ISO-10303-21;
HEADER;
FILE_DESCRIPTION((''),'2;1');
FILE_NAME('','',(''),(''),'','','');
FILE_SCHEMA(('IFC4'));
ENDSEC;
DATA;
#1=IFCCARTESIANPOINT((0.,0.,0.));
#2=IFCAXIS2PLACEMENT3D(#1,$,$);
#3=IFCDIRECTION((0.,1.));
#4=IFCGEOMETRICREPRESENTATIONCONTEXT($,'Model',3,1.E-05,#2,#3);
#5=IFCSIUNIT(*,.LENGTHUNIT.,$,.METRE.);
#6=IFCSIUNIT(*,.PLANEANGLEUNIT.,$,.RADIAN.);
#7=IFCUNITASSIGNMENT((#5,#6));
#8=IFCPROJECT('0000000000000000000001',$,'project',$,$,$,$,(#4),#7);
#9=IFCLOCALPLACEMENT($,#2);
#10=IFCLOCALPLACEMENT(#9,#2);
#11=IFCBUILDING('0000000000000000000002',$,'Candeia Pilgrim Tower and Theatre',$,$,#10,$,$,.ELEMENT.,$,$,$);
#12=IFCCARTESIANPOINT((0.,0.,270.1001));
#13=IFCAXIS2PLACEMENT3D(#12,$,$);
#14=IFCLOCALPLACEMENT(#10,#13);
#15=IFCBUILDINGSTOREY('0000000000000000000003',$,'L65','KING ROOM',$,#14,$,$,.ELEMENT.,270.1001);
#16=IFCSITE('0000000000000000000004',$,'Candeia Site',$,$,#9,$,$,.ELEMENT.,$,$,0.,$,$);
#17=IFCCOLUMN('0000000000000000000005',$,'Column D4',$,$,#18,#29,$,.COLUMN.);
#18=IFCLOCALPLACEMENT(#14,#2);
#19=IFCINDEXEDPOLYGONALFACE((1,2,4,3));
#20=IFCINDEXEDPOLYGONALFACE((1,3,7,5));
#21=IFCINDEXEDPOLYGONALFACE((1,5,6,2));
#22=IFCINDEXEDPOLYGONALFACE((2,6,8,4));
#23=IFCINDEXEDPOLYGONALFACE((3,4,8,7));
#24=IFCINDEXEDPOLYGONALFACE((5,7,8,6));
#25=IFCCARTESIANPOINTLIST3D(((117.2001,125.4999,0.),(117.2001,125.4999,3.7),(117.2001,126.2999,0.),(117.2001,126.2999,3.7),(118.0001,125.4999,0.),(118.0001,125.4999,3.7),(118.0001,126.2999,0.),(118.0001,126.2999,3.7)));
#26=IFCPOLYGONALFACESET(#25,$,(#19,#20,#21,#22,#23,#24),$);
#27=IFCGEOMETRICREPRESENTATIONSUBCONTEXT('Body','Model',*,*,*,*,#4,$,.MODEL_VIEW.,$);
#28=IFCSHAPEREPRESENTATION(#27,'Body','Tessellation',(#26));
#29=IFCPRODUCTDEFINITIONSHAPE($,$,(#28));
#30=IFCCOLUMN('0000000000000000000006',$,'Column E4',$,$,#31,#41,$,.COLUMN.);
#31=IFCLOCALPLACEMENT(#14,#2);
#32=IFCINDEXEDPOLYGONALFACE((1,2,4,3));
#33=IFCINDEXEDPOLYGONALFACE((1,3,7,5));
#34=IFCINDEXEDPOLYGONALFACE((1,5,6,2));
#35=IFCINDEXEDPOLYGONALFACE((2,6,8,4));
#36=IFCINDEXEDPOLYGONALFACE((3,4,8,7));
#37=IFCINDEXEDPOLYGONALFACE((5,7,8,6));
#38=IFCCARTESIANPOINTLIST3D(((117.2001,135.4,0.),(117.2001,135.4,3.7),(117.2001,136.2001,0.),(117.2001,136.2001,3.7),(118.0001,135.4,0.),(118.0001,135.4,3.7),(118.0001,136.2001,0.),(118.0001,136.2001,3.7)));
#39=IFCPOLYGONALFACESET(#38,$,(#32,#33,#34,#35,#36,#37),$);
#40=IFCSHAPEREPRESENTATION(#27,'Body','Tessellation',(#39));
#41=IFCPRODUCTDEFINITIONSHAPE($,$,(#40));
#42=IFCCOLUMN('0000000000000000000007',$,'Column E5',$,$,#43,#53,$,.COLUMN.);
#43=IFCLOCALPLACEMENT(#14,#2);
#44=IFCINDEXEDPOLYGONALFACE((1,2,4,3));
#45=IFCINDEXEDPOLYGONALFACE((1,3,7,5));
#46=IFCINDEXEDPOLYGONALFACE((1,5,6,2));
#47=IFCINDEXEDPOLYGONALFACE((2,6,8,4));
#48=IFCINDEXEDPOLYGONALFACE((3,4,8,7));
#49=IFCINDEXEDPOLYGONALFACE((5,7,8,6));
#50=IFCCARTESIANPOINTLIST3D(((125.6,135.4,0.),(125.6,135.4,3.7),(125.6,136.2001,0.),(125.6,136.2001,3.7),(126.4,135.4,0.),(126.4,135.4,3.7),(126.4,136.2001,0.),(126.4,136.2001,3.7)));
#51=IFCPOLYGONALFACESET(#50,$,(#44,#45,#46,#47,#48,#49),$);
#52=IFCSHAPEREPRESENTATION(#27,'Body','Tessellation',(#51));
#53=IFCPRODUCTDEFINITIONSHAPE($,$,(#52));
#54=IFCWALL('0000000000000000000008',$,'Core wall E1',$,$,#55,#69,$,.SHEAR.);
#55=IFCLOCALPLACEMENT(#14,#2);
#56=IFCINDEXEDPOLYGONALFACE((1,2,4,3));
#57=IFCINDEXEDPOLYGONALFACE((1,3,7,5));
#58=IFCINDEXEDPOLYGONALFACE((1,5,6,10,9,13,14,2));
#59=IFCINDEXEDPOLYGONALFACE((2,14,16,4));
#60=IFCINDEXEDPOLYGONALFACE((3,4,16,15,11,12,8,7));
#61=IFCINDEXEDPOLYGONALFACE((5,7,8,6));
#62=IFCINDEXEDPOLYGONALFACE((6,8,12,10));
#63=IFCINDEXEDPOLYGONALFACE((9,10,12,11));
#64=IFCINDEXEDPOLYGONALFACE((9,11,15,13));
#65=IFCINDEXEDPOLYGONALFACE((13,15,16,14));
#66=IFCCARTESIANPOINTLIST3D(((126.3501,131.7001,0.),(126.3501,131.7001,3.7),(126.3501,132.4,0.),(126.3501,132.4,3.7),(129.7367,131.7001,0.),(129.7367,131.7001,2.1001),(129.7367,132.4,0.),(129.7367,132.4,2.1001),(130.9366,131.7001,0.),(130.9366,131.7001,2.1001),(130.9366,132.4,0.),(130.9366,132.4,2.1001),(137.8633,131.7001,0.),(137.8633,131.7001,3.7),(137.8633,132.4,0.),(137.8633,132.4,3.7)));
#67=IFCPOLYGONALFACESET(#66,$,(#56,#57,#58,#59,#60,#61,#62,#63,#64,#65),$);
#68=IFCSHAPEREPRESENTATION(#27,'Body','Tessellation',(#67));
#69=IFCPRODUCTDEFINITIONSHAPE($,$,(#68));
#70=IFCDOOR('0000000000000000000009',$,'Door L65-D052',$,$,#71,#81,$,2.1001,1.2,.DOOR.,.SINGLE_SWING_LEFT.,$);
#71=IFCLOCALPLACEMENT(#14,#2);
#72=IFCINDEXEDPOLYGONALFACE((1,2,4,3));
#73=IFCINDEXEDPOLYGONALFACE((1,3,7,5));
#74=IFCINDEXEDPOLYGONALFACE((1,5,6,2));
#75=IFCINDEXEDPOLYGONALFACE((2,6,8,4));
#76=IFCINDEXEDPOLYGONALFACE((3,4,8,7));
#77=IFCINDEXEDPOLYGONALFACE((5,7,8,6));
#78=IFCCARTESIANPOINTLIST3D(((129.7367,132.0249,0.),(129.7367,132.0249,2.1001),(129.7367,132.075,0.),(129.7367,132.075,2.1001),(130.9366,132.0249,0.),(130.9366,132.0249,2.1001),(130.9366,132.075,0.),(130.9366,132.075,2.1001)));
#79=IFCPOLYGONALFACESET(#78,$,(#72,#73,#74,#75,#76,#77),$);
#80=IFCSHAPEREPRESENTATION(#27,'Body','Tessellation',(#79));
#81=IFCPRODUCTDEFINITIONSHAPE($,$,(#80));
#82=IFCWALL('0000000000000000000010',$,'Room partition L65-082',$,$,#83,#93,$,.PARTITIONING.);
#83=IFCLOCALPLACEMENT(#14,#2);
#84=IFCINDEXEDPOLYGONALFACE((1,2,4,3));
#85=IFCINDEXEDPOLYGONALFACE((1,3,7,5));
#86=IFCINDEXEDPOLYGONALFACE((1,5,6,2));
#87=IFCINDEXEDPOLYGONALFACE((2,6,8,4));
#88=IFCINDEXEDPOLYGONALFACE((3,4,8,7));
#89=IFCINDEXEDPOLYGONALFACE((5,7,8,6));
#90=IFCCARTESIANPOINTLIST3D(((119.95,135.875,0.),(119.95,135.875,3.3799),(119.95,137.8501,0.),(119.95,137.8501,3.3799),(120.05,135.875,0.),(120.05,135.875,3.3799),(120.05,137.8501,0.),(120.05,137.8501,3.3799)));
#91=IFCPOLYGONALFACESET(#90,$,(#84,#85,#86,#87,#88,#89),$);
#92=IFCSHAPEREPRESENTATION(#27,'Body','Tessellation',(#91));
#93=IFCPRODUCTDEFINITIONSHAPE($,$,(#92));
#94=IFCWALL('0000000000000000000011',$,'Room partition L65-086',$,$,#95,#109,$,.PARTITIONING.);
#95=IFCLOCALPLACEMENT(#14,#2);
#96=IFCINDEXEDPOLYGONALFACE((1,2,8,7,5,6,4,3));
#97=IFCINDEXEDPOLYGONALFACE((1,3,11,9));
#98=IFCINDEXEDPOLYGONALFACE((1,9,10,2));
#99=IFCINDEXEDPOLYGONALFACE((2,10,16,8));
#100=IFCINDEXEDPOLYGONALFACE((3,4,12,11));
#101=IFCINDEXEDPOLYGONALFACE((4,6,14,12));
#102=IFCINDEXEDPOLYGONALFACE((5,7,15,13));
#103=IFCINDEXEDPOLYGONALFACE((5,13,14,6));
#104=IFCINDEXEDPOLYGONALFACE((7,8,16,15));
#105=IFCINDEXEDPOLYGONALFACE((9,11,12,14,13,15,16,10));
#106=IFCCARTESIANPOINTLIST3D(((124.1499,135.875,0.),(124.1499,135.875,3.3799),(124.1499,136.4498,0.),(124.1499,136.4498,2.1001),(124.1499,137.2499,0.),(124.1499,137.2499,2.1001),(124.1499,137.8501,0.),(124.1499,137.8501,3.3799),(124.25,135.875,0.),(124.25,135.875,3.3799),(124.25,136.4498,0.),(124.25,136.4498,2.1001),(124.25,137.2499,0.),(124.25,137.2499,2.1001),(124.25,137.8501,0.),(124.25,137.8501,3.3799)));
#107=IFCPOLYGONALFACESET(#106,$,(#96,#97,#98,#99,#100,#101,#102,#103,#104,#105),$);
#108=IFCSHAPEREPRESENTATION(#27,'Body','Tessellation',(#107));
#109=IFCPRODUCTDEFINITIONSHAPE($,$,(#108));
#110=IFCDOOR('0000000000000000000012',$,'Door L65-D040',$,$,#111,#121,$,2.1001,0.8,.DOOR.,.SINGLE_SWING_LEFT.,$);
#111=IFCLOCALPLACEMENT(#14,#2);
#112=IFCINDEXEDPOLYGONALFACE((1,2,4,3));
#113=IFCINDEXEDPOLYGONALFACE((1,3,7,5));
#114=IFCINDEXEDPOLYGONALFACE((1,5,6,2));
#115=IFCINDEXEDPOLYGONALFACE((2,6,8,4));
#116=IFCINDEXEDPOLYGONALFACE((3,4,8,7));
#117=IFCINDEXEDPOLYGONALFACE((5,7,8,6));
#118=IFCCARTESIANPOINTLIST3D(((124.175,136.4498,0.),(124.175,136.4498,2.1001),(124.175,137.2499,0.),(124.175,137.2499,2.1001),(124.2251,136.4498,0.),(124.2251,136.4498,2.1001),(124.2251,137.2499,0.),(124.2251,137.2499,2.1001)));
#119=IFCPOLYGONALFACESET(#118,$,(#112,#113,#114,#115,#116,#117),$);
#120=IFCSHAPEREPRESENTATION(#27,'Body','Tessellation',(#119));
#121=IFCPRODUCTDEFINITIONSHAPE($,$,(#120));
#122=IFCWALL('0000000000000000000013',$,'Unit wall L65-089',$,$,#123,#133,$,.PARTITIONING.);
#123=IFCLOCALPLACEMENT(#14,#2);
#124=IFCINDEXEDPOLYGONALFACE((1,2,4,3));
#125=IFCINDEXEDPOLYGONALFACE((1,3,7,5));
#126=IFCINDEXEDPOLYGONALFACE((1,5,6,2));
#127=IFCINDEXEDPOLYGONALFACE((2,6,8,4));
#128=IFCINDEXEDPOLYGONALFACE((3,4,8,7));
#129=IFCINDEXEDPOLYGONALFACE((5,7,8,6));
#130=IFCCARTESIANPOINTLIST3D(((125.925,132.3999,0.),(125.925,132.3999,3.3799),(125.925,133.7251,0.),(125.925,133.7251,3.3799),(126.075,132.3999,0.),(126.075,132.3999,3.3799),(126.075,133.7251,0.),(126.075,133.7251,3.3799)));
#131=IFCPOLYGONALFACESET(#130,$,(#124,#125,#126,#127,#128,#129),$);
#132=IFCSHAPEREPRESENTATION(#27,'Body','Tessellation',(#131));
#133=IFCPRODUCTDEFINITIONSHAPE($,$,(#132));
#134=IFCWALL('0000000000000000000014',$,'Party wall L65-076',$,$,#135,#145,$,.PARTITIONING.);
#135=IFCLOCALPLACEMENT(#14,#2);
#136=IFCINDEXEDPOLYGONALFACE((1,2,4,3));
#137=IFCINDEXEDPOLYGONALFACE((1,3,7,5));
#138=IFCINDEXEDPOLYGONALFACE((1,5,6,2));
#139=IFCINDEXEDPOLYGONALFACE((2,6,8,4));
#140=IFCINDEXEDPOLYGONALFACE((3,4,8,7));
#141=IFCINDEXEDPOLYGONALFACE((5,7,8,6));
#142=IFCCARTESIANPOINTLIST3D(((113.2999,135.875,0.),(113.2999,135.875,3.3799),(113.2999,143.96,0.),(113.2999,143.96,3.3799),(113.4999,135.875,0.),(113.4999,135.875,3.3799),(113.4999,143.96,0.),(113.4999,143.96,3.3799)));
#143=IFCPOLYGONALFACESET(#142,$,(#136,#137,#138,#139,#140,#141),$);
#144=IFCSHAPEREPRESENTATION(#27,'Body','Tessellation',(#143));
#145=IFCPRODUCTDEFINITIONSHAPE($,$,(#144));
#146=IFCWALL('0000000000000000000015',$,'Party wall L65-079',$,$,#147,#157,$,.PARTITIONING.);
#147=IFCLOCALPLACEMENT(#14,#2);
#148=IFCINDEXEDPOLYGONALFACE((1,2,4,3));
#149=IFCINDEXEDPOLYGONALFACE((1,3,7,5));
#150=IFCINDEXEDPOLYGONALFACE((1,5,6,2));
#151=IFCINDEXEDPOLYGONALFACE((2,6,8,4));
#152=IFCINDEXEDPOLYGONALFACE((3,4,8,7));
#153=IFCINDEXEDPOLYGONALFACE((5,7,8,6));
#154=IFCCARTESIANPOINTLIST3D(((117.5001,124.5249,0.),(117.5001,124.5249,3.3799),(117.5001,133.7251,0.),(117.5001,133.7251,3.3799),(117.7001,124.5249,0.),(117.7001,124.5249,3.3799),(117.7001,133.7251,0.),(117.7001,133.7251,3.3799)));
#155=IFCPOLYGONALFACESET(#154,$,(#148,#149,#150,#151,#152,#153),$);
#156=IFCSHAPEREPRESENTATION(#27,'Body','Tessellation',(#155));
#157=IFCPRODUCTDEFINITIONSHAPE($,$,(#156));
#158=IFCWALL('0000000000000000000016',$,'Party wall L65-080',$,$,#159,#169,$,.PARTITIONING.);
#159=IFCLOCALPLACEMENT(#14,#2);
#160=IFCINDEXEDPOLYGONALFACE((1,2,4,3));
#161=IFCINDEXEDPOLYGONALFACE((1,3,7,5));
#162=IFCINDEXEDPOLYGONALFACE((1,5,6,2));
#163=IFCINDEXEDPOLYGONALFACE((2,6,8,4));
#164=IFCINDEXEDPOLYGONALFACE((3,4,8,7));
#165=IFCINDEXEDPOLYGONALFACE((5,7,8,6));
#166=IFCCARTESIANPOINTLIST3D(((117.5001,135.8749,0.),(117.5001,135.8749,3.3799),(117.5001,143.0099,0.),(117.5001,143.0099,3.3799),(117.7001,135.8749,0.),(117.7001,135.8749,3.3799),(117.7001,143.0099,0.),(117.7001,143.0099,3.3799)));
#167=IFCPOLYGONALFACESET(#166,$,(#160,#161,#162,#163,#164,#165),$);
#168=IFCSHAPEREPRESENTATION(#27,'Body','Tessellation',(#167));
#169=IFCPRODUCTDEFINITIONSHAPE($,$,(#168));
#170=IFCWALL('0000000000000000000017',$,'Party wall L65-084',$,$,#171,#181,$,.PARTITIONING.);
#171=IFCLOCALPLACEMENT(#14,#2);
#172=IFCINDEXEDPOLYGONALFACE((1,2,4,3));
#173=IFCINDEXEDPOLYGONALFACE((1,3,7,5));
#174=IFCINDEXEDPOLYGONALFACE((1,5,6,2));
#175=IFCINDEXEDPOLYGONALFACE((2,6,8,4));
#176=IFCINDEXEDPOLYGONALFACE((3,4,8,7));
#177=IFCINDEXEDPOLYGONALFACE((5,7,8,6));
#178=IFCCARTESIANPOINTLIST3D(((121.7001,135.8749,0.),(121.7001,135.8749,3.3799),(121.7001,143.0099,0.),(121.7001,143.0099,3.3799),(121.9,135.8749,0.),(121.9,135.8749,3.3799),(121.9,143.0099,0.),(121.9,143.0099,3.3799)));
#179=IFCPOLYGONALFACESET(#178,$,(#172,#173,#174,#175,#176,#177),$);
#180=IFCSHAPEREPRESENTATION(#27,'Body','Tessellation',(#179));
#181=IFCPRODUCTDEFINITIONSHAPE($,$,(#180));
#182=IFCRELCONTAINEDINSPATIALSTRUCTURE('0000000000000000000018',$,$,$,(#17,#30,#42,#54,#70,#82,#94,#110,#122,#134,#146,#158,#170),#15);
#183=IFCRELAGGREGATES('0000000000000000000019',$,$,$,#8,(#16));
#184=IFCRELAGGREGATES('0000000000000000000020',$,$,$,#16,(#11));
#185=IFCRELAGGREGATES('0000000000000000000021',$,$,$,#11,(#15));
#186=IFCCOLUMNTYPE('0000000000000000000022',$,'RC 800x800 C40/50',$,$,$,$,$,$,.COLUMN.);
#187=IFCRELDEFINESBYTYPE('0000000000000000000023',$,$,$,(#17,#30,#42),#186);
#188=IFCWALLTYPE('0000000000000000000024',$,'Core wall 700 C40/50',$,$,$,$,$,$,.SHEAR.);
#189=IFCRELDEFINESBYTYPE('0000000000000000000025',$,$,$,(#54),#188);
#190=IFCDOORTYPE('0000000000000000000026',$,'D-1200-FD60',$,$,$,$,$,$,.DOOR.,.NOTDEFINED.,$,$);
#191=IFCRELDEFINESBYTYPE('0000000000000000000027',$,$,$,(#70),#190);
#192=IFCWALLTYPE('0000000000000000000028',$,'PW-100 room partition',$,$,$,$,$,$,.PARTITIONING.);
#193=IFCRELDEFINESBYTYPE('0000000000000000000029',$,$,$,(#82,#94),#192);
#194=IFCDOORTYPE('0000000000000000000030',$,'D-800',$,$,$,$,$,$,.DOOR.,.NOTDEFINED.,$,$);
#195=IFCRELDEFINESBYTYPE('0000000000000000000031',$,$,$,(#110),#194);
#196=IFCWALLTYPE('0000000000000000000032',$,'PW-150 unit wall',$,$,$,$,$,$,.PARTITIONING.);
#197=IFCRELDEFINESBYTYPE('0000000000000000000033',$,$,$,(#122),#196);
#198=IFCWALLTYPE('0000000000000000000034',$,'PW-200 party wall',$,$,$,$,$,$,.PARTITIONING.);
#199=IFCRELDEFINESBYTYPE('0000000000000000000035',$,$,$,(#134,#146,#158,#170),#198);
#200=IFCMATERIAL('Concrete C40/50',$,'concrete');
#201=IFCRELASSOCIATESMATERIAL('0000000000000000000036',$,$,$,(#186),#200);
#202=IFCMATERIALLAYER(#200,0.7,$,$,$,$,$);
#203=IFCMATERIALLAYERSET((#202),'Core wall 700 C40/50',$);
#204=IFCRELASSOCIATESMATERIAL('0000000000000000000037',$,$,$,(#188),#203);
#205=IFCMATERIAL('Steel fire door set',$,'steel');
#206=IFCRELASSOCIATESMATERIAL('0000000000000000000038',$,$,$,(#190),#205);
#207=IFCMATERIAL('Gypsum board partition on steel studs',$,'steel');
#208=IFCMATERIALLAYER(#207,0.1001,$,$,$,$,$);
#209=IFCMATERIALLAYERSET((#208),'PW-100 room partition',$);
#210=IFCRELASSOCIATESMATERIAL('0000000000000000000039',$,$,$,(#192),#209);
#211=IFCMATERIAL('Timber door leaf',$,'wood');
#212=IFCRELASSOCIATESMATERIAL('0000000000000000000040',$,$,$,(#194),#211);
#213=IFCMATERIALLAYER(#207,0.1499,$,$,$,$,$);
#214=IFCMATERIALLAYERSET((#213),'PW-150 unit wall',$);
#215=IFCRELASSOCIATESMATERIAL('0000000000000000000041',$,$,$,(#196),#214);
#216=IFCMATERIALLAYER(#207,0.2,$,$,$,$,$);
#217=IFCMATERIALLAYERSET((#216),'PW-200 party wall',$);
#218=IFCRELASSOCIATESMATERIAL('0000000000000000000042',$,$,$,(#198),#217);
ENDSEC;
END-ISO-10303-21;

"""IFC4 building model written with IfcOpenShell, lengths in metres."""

from ifc_helpers import new_model, si_unit, direction, frame, frame_2d, origin, origin_2d, place, context, subcontext, project, spatial, rectangle, extrude, material, layer, layer_set, material_profile, profile_set, type_object, element, fill, save


model = new_model("IFC4")

# Units and contexts
model_context = context("Model", 3, precision=1e-05, world=origin(), true_north=direction((0.0, 1.0)))
body_context = subcontext(model_context, "Body", "Model", "MODEL_VIEW")
ifc_project = project(units=[si_unit("LENGTHUNIT", "METRE"), si_unit("PLANEANGLEUNIT", "RADIAN")], contexts=[model_context])

# Site, building, storey
site_placement = place(None, origin())
site = spatial("IfcSite", under=ifc_project, at=site_placement, Name="Candeia Site", CompositionType="ELEMENT", RefElevation=0.0)
building_placement = place(site_placement, origin())
building = spatial("IfcBuilding", under=site, at=building_placement, Name="Candeia Pilgrim Tower and Theatre", CompositionType="ELEMENT")
storey_placement = place(building_placement, frame((0.0, 0.0, 270.1001)))
storey = spatial("IfcBuildingStorey", under=building, at=storey_placement, Name="L65", Description="KING ROOM", CompositionType="ELEMENT", Elevation=270.1001)

# Columns
ifc_material_1 = material(Name="Concrete C40/50", Category="concrete")
ifc_material_profile = material_profile(ifc_material_1, rectangle(XDim=0.8, YDim=0.8, at=origin_2d()))
ifc_profile_set = profile_set([ifc_material_profile], Name="Concrete C40/50")
column_type = type_object("IfcColumnType", Name="RC 800x800 C40/50", PredefinedType="COLUMN", material=ifc_profile_set)
for number, where, z_axis, x_axis, name in (
    (1, (117.6001, 125.8999, 0.0), (0.0, 0.0, 1.0), (1.0, 0.0, 0.0), "Column D4"),
    (2, (117.6001, 135.8, 0.0), (0.0, 0.0, 1.0), (1.0, 0.0, 0.0), "Column E4"),
    (3, (126.0, 135.8, 0.0), (0.0, 0.0, 1.0), (1.0, 0.0, 0.0), "Column E5"),
):
    element("IfcColumn", number, at=place(storey_placement, frame(where, z_axis=z_axis, x_axis=x_axis)), inside=storey, type_object=column_type, Name=name, PredefinedType="COLUMN", context=body_context, shape_type="SweptSolid", body=[
        extrude(rectangle(XDim=0.8, YDim=0.8, at=origin_2d()), origin(), (0.0, 0.0, 1.0), 3.7),
    ])

# Wall, opening, door
ifc_layer_1 = layer(ifc_material_1, 0.7)
ifc_layer_set_1 = layer_set([ifc_layer_1], Name="Core wall 700 C40/50")
wall_type_1 = type_object("IfcWallType", Name="Core wall 700 C40/50", PredefinedType="SHEAR", material=ifc_layer_set_1)
wall_1_placement = place(storey_placement, frame((126.3501, 132.05, 0.0), z_axis=(0.0, 0.0, 1.0), x_axis=(1.0, 0.0, 0.0)))
wall_1 = element("IfcWall", 4, at=wall_1_placement, inside=storey, type_object=wall_type_1, Name="Core wall E1", PredefinedType="SHEAR", context=body_context, shape_type="SweptSolid", body=[
    extrude(rectangle(XDim=11.5132, YDim=0.7, at=frame_2d((5.7566, 0.0))), origin(), (0.0, 0.0, 1.0), 3.7),
])
opening_1_placement = place(wall_1_placement, frame((3.3865, 0.0, 0.0)))
opening_1 = element("IfcOpeningElement", 5, at=opening_1_placement, cuts=wall_1, PredefinedType="OPENING", context=body_context, shape_type="SweptSolid", body=[
    extrude(rectangle(XDim=1.2, YDim=2.1001, at=frame_2d((0.6001, 1.05))), frame((0.0, 0.3599, 0.0), z_axis=(0.0, -1.0, 0.0), x_axis=(1.0, 0.0, 0.0)), (0.0, 0.0, 1.0), 0.72),
])
ifc_material_2 = material(Name="Steel fire door set", Category="steel")
door_type_1 = type_object("IfcDoorType", Name="D-1200-FD60", OperationType="NOTDEFINED", PredefinedType="DOOR", material=ifc_material_2)
door_1_placement = place(opening_1_placement, origin())
door_1 = element("IfcDoor", 6, at=door_1_placement, inside=storey, type_object=door_type_1, Name="Door L65-D052", OperationType="SINGLE_SWING_LEFT", OverallHeight=2.1001, OverallWidth=1.2, PredefinedType="DOOR", context=body_context, shape_type="SweptSolid", body=[
    extrude(rectangle(XDim=1.2, YDim=2.1001, at=frame_2d((0.6001, 1.05))), frame((0.0, 0.0249, 0.0), z_axis=(0.0, -1.0, 0.0), x_axis=(1.0, 0.0, 0.0)), (0.0, 0.0, 1.0), 0.05),
])
fill(opening_1, door_1)

# Wall
ifc_material_3 = material(Name="Gypsum board partition on steel studs", Category="steel")
ifc_layer_2 = layer(ifc_material_3, 0.1001)
ifc_layer_set_2 = layer_set([ifc_layer_2], Name="PW-100 room partition")
wall_type_2 = type_object("IfcWallType", Name="PW-100 room partition", PredefinedType="PARTITIONING", material=ifc_layer_set_2)
wall_2_placement = place(storey_placement, frame((120.0, 135.875, 0.0), z_axis=(0.0, 0.0, 1.0), x_axis=(0.0, 1.0, 0.0)))
element("IfcWall", 7, at=wall_2_placement, inside=storey, type_object=wall_type_2, Name="Room partition L65-082", PredefinedType="PARTITIONING", context=body_context, shape_type="SweptSolid", body=[
    extrude(rectangle(XDim=1.9751, YDim=0.1001, at=frame_2d((0.9875, 0.0))), origin(), (0.0, 0.0, 1.0), 3.3799),
])

# Wall, opening, door
wall_3_placement = place(storey_placement, frame((124.2, 135.875, 0.0), z_axis=(0.0, 0.0, 1.0), x_axis=(0.0, 1.0, 0.0)))
wall_3 = element("IfcWall", 8, at=wall_3_placement, inside=storey, type_object=wall_type_2, Name="Room partition L65-086", PredefinedType="PARTITIONING", context=body_context, shape_type="SweptSolid", body=[
    extrude(rectangle(XDim=1.9751, YDim=0.1001, at=frame_2d((0.9875, 0.0))), origin(), (0.0, 0.0, 1.0), 3.3799),
])
opening_2_placement = place(wall_3_placement, frame((0.575, 0.0, 0.0)))
opening_2 = element("IfcOpeningElement", 9, at=opening_2_placement, cuts=wall_3, PredefinedType="OPENING", context=body_context, shape_type="SweptSolid", body=[
    extrude(rectangle(XDim=0.8, YDim=2.1001, at=frame_2d((0.3999, 1.05))), frame((0.0, 0.0601, 0.0), z_axis=(0.0, -1.0, 0.0), x_axis=(1.0, 0.0, 0.0)), (0.0, 0.0, 1.0), 0.1201),
])
ifc_material_4 = material(Name="Timber door leaf", Category="wood")
door_type_2 = type_object("IfcDoorType", Name="D-800", OperationType="NOTDEFINED", PredefinedType="DOOR", material=ifc_material_4)
door_2_placement = place(opening_2_placement, origin())
door_2 = element("IfcDoor", 10, at=door_2_placement, inside=storey, type_object=door_type_2, Name="Door L65-D040", OperationType="SINGLE_SWING_LEFT", OverallHeight=2.1001, OverallWidth=0.8, PredefinedType="DOOR", context=body_context, shape_type="SweptSolid", body=[
    extrude(rectangle(XDim=0.8, YDim=2.1001, at=frame_2d((0.3999, 1.05))), frame((0.0, 0.0249, 0.0), z_axis=(0.0, -1.0, 0.0), x_axis=(1.0, 0.0, 0.0)), (0.0, 0.0, 1.0), 0.05),
])
fill(opening_2, door_2)

# Walls
ifc_layer_3 = layer(ifc_material_3, 0.1499)
ifc_layer_set_3 = layer_set([ifc_layer_3], Name="PW-150 unit wall")
wall_type_3 = type_object("IfcWallType", Name="PW-150 unit wall", PredefinedType="PARTITIONING", material=ifc_layer_set_3)
wall_4_placement = place(storey_placement, frame((126.0, 132.3999, 0.0), z_axis=(0.0, 0.0, 1.0), x_axis=(0.0, 1.0, 0.0)))
element("IfcWall", 11, at=wall_4_placement, inside=storey, type_object=wall_type_3, Name="Unit wall L65-089", PredefinedType="PARTITIONING", context=body_context, shape_type="SweptSolid", body=[
    extrude(rectangle(XDim=1.3252, YDim=0.1499, at=frame_2d((0.6626, 0.0))), origin(), (0.0, 0.0, 1.0), 3.3799),
])
ifc_layer_4 = layer(ifc_material_3, 0.2)
ifc_layer_set_4 = layer_set([ifc_layer_4], Name="PW-200 party wall")
wall_type_4 = type_object("IfcWallType", Name="PW-200 party wall", PredefinedType="PARTITIONING", material=ifc_layer_set_4)
wall_5_placement = place(storey_placement, frame((113.3999, 135.875, 0.0), z_axis=(0.0, 0.0, 1.0), x_axis=(0.0, 1.0, 0.0)))
element("IfcWall", 12, at=wall_5_placement, inside=storey, type_object=wall_type_4, Name="Party wall L65-076", PredefinedType="PARTITIONING", context=body_context, shape_type="SweptSolid", body=[
    extrude(rectangle(XDim=8.085, YDim=0.2, at=frame_2d((4.0425, 0.0))), origin(), (0.0, 0.0, 1.0), 3.3799),
])
wall_6_placement = place(storey_placement, frame((117.6001, 124.5249, 0.0), z_axis=(0.0, 0.0, 1.0), x_axis=(0.0, 1.0, 0.0)))
element("IfcWall", 13, at=wall_6_placement, inside=storey, type_object=wall_type_4, Name="Party wall L65-079", PredefinedType="PARTITIONING", context=body_context, shape_type="SweptSolid", body=[
    extrude(rectangle(XDim=9.2002, YDim=0.2, at=frame_2d((4.6001, 0.0))), origin(), (0.0, 0.0, 1.0), 3.3799),
])
for number, where, z_axis, x_axis, name in (
    (14, (117.6001, 135.875, 0.0), (0.0, 0.0, 1.0), (0.0, 1.0, 0.0), "Party wall L65-080"),
    (15, (121.8, 135.875, 0.0), (0.0, 0.0, 1.0), (0.0, 1.0, 0.0), "Party wall L65-084"),
):
    element("IfcWall", number, at=place(storey_placement, frame(where, z_axis=z_axis, x_axis=x_axis)), inside=storey, type_object=wall_type_4, Name=name, PredefinedType="PARTITIONING", context=body_context, shape_type="SweptSolid", body=[
        extrude(rectangle(XDim=7.135, YDim=0.2, at=frame_2d((3.5674, 0.0))), origin(), (0.0, 0.0, 1.0), 3.3799),
    ])

save(model, "model.ifc")
